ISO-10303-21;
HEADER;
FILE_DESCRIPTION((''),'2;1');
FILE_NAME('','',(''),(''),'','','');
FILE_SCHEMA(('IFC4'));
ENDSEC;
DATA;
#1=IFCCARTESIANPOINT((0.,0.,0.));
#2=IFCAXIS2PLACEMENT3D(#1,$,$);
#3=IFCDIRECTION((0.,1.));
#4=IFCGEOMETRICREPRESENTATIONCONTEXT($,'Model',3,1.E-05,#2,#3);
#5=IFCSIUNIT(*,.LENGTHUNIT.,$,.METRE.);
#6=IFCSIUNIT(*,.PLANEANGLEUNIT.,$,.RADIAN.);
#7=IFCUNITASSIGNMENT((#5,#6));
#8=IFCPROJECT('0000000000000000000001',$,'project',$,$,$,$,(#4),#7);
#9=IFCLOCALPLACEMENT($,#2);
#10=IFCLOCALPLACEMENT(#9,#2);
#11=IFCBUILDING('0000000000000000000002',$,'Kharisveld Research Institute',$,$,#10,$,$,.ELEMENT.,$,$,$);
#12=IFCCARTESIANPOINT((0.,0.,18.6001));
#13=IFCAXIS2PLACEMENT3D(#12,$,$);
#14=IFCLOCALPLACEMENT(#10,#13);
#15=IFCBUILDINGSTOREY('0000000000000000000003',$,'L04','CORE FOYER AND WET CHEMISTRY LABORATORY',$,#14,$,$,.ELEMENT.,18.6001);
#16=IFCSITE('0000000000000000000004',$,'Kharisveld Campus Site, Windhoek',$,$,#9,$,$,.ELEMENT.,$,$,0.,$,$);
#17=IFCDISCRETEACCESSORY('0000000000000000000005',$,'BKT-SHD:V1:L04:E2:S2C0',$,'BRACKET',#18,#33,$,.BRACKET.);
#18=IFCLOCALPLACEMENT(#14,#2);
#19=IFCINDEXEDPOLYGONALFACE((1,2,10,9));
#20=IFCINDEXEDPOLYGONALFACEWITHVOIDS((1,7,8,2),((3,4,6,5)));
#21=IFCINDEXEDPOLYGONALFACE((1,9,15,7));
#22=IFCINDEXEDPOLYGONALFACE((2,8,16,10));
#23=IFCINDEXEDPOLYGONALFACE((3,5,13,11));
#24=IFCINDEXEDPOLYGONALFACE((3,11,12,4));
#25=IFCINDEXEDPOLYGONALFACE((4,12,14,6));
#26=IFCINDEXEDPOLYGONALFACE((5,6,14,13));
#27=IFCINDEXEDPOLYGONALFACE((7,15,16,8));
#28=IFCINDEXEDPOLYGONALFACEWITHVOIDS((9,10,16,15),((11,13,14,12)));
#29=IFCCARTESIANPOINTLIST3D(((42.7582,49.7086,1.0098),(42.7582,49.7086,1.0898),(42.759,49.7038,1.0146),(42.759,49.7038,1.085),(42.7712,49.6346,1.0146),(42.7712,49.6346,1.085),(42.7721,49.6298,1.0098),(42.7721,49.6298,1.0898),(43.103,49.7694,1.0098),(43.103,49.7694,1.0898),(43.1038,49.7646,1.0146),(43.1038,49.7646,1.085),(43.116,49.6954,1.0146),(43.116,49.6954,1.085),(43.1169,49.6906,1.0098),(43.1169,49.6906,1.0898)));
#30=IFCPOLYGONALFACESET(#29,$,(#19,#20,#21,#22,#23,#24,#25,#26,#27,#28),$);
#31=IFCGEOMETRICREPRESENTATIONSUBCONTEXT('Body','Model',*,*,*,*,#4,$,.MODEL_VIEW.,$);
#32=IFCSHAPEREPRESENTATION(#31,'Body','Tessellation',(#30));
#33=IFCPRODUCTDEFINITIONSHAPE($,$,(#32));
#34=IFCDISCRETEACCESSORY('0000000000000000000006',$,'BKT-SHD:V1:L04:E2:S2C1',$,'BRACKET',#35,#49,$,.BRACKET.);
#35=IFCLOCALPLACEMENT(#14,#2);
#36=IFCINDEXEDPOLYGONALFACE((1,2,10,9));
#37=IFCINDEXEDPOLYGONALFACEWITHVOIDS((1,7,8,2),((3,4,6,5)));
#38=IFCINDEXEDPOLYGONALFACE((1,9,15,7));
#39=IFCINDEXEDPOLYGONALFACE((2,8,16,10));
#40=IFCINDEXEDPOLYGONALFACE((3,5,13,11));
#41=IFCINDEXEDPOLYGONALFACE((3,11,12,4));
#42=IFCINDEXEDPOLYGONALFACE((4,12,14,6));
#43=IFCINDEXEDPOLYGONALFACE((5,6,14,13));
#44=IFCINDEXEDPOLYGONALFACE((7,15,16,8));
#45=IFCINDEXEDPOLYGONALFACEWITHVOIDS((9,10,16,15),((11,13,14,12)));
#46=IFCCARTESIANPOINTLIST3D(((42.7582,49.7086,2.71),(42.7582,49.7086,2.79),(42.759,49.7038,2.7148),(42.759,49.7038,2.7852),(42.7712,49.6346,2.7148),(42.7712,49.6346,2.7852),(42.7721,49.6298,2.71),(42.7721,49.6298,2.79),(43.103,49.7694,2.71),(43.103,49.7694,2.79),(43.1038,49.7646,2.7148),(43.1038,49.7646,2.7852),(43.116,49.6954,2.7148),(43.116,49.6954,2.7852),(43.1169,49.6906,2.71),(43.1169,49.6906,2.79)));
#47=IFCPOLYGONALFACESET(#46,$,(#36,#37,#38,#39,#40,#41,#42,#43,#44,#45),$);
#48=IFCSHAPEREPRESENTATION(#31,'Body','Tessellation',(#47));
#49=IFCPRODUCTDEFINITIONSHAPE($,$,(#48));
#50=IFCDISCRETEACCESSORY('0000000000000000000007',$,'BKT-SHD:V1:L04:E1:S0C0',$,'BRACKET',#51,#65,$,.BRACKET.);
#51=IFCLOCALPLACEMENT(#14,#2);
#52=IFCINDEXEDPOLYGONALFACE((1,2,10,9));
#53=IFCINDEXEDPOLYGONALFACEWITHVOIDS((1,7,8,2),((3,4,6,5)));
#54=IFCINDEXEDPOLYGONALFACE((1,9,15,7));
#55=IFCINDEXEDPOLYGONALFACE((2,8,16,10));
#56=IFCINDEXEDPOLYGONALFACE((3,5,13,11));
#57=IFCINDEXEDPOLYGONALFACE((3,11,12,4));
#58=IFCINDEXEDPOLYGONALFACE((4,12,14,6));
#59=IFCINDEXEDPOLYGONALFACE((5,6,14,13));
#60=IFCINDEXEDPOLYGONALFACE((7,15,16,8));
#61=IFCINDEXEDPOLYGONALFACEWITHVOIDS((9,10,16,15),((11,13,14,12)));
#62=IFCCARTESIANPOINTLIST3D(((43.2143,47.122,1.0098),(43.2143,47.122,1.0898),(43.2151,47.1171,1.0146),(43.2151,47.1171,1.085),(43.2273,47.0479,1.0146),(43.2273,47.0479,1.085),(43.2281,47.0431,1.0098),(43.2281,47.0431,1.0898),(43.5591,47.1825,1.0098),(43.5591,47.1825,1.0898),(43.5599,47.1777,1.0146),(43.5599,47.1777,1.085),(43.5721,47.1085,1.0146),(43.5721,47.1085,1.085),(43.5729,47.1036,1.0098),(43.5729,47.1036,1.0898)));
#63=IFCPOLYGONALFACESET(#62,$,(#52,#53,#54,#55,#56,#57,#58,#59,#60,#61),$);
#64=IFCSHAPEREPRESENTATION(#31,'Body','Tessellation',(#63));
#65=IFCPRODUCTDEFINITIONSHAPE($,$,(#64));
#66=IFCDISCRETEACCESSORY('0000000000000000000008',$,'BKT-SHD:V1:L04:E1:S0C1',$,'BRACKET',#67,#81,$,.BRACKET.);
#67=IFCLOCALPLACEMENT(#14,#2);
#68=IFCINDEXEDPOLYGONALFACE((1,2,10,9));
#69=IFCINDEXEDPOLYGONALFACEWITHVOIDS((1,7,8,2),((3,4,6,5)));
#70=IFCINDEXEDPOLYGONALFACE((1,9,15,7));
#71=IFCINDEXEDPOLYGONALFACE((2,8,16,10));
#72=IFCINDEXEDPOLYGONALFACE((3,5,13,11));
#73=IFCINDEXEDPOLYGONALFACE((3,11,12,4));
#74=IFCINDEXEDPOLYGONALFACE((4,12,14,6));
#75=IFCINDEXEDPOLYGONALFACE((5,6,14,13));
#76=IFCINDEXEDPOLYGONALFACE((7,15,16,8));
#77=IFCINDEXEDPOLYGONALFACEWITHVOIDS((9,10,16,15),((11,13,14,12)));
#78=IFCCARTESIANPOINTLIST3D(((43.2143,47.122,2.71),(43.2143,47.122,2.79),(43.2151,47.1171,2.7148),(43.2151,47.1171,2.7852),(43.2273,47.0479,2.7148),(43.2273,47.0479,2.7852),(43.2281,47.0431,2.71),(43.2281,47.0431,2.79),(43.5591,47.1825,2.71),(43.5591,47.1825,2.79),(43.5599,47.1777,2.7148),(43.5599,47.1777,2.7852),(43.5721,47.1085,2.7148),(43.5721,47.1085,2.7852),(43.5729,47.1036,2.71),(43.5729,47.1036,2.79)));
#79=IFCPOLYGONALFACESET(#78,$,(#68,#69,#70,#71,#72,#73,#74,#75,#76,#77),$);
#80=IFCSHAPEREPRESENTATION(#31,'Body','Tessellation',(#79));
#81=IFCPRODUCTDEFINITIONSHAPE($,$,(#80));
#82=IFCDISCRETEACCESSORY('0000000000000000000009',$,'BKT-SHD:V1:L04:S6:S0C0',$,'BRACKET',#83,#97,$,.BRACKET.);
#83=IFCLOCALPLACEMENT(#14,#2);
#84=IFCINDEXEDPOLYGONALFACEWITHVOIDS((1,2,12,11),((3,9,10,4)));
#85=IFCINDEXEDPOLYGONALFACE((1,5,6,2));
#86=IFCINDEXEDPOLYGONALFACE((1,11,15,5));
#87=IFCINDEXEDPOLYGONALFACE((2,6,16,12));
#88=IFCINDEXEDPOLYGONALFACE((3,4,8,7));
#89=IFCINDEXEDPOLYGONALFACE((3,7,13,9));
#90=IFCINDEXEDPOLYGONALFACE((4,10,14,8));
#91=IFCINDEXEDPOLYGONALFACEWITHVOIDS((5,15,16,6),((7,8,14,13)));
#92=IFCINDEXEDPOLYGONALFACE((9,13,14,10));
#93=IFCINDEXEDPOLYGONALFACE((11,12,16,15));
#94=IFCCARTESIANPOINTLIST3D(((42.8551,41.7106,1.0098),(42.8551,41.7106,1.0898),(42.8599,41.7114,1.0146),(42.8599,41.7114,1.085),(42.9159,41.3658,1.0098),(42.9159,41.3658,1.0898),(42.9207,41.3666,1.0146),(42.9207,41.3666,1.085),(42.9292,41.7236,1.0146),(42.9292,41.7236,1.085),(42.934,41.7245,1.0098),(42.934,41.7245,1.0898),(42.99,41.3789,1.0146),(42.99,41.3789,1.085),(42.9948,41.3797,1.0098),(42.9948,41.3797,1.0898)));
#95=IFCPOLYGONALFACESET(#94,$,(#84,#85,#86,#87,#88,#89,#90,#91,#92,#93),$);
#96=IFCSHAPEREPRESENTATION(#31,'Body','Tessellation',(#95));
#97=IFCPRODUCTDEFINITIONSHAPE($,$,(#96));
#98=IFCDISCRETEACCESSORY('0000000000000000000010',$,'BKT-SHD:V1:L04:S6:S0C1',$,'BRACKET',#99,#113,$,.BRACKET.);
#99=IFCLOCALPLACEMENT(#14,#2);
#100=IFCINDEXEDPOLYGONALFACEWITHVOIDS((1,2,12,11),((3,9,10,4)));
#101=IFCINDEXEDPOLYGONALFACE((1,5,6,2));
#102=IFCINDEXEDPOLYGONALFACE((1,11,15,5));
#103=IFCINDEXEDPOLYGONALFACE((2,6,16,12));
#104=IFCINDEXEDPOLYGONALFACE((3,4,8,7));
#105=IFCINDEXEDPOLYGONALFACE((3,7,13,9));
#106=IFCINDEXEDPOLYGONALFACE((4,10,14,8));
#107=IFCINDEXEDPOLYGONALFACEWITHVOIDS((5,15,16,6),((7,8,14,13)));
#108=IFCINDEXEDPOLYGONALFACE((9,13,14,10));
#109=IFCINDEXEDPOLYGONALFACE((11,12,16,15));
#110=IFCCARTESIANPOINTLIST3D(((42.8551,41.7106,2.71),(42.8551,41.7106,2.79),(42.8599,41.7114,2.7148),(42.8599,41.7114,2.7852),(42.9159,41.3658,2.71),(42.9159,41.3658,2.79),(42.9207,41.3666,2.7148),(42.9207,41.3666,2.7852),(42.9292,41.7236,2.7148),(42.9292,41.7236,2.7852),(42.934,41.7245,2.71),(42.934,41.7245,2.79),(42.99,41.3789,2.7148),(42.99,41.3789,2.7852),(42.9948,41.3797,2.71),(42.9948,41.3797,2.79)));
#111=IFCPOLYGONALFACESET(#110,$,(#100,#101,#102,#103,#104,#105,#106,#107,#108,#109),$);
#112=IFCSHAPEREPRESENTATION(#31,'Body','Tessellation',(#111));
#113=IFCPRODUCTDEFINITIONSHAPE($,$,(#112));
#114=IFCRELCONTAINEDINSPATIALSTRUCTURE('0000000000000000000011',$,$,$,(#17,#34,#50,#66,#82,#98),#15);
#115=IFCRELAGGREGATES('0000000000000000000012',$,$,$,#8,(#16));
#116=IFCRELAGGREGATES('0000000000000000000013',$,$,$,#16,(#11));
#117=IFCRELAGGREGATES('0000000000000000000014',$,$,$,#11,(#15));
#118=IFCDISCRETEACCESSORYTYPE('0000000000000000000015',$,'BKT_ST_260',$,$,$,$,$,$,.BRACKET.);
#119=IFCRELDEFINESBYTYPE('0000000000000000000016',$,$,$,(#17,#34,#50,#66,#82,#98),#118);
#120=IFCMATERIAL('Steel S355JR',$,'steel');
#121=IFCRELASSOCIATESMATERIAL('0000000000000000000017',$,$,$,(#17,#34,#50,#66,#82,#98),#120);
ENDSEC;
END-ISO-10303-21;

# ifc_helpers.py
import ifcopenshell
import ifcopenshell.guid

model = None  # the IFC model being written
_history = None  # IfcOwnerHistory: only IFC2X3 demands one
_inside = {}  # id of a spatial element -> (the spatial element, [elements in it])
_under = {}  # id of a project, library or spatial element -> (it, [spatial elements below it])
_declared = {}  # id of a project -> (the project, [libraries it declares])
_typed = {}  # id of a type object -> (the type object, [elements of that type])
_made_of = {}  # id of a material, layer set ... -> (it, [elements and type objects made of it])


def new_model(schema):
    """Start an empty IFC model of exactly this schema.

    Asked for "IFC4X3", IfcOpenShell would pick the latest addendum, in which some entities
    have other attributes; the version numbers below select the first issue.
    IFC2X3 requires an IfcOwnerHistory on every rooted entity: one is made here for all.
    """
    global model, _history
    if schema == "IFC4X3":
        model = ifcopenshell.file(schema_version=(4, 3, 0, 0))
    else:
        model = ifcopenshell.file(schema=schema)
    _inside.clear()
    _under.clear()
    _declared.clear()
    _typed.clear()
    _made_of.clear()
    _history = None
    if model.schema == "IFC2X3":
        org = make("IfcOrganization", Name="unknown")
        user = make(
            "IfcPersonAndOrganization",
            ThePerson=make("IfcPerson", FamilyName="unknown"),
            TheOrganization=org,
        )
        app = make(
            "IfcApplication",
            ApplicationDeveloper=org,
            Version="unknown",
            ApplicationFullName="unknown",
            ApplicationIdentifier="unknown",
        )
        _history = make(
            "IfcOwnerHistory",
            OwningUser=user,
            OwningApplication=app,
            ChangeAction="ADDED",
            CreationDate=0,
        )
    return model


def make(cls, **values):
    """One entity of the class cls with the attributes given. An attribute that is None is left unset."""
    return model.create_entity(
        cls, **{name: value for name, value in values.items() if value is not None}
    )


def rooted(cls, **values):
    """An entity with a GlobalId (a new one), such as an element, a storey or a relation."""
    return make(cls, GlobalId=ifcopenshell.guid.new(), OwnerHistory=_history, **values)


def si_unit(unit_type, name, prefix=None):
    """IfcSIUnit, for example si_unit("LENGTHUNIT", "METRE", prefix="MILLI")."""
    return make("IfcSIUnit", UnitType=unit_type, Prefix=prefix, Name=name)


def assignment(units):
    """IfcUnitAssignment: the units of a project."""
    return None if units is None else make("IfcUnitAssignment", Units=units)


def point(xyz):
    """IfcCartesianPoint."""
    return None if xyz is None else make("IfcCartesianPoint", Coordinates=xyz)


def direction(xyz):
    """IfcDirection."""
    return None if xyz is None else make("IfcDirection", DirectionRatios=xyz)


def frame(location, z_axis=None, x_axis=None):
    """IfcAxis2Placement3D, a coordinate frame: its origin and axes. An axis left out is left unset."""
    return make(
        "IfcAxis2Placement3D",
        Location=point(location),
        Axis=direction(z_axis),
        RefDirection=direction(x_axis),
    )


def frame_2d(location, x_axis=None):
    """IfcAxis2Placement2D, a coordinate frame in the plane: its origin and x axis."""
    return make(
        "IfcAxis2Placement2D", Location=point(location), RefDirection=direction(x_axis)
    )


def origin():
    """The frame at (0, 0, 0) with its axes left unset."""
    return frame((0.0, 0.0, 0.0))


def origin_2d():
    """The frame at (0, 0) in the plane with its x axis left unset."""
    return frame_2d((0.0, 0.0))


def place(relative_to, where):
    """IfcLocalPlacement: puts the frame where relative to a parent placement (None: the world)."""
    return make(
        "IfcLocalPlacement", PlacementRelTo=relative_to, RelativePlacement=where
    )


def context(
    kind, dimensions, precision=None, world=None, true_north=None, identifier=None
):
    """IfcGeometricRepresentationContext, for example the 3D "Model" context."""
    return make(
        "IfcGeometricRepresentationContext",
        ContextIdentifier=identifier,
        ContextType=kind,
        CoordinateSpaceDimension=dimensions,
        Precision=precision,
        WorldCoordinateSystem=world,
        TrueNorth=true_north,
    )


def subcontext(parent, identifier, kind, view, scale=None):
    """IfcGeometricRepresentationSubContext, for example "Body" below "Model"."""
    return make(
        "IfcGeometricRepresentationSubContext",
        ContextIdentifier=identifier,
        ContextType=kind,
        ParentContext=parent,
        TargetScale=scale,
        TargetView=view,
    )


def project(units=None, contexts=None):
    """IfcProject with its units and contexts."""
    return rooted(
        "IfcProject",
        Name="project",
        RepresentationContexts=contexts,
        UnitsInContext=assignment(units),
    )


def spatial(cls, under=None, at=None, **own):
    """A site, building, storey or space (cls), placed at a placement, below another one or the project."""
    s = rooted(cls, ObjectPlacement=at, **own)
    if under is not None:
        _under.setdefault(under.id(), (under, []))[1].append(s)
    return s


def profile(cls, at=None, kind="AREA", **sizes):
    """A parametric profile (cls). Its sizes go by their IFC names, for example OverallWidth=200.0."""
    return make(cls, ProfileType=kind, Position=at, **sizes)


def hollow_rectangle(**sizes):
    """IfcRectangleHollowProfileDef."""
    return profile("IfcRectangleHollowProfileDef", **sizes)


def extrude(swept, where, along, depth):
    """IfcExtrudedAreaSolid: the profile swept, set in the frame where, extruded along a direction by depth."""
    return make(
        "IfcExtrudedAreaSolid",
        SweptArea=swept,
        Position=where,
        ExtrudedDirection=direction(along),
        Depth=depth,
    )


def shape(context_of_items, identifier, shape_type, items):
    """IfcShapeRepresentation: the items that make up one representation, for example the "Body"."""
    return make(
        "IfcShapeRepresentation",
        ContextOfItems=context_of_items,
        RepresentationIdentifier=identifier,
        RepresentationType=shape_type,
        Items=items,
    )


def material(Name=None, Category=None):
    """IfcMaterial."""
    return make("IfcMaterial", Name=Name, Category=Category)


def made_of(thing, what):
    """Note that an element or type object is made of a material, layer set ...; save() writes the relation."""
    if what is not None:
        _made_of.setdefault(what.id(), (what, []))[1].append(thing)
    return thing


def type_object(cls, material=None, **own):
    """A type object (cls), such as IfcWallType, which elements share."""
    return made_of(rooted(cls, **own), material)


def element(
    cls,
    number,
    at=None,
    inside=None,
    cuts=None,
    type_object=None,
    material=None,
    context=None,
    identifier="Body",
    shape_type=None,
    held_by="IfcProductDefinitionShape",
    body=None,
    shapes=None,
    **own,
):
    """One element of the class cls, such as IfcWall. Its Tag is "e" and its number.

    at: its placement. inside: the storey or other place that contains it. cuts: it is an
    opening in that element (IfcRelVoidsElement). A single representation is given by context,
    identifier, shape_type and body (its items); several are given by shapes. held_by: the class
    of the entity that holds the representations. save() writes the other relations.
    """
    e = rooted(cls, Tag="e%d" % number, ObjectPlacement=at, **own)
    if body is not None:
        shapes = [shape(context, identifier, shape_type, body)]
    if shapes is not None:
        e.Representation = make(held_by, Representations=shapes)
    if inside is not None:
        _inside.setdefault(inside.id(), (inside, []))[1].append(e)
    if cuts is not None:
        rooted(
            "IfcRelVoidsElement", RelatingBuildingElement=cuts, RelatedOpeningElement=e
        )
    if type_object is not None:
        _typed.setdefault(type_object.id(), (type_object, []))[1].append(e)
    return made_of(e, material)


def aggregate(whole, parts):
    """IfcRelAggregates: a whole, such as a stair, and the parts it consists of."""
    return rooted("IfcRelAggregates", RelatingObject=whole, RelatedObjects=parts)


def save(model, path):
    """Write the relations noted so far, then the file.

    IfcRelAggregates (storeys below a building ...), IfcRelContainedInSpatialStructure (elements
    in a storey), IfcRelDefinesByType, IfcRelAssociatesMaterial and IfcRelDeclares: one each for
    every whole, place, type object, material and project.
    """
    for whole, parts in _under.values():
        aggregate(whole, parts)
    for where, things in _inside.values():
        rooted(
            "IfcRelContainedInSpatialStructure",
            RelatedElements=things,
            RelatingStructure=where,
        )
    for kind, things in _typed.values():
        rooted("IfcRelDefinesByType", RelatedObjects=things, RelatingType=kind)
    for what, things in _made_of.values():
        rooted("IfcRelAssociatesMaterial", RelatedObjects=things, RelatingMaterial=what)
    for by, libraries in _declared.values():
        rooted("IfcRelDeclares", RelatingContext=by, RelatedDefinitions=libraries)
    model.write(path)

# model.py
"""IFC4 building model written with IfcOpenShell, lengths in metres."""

from ifc_helpers import new_model, si_unit, direction, frame, origin, origin_2d, place, context, subcontext, project, spatial, hollow_rectangle, extrude, material, type_object, element, save


model = new_model("IFC4")

# Units and contexts
model_context = context("Model", 3, precision=1e-05, world=origin(), true_north=direction((0.0, 1.0)))
body_context = subcontext(model_context, "Body", "Model", "MODEL_VIEW")
ifc_project = project(units=[si_unit("LENGTHUNIT", "METRE"), si_unit("PLANEANGLEUNIT", "RADIAN")], contexts=[model_context])

# Site, building, storey
site_placement = place(None, origin())
site = spatial("IfcSite", under=ifc_project, at=site_placement, Name="Kharisveld Campus Site, Windhoek", CompositionType="ELEMENT", RefElevation=0.0)
building_placement = place(site_placement, origin())
building = spatial("IfcBuilding", under=site, at=building_placement, Name="Kharisveld Research Institute", CompositionType="ELEMENT")
storey_placement = place(building_placement, frame((0.0, 0.0, 18.6001)))
storey = spatial("IfcBuildingStorey", under=building, at=storey_placement, Name="L04", Description="CORE FOYER AND WET CHEMISTRY LABORATORY", CompositionType="ELEMENT", Elevation=18.6001)

# Discrete accessories
ifc_material_1 = material(Name="Steel S355JR", Category="steel")
discrete_accessory_type = type_object("IfcDiscreteAccessoryType", Name="BKT_ST_260", PredefinedType="BRACKET")
for number, where, z_axis, x_axis, name in (
    (1, (42.7651, 49.6692, 1.0498), (0.984805, 0.173666, 0.0), (-0.173666, 0.984805, 0.0), "BKT-SHD:V1:L04:E2:S2C0"),
    (2, (42.7651, 49.6692, 2.75), (0.984805, 0.173666, 0.0), (-0.173666, 0.984805, 0.0), "BKT-SHD:V1:L04:E2:S2C1"),
    (3, (43.2212, 47.0825, 1.0498), (0.984924, 0.172989, 0.0), (-0.172989, 0.984924, 0.0), "BKT-SHD:V1:L04:E1:S0C0"),
    (4, (43.2212, 47.0825, 2.75), (0.984924, 0.172989, 0.0), (-0.172989, 0.984924, 0.0), "BKT-SHD:V1:L04:E1:S0C1"),
    (5, (42.8945, 41.7175, 1.0498), (0.173666, -0.984805, 0.0), (0.984805, 0.173666, 0.0), "BKT-SHD:V1:L04:S6:S0C0"),
    (6, (42.8945, 41.7175, 2.75), (0.173666, -0.984805, 0.0), (0.984805, 0.173666, 0.0), "BKT-SHD:V1:L04:S6:S0C1"),
):
    element("IfcDiscreteAccessory", number, at=place(storey_placement, frame(where, z_axis=z_axis, x_axis=x_axis)), inside=storey, type_object=discrete_accessory_type, material=ifc_material_1, Name=name, ObjectType="BRACKET", PredefinedType="BRACKET", context=body_context, shape_type="SweptSolid", body=[
        extrude(hollow_rectangle(XDim=0.0801, YDim=0.0801, WallThickness=0.0049, at=origin_2d()), origin(), (0.0, 0.0, 1.0), 0.3501),
    ])

save(model, "model.ifc")
